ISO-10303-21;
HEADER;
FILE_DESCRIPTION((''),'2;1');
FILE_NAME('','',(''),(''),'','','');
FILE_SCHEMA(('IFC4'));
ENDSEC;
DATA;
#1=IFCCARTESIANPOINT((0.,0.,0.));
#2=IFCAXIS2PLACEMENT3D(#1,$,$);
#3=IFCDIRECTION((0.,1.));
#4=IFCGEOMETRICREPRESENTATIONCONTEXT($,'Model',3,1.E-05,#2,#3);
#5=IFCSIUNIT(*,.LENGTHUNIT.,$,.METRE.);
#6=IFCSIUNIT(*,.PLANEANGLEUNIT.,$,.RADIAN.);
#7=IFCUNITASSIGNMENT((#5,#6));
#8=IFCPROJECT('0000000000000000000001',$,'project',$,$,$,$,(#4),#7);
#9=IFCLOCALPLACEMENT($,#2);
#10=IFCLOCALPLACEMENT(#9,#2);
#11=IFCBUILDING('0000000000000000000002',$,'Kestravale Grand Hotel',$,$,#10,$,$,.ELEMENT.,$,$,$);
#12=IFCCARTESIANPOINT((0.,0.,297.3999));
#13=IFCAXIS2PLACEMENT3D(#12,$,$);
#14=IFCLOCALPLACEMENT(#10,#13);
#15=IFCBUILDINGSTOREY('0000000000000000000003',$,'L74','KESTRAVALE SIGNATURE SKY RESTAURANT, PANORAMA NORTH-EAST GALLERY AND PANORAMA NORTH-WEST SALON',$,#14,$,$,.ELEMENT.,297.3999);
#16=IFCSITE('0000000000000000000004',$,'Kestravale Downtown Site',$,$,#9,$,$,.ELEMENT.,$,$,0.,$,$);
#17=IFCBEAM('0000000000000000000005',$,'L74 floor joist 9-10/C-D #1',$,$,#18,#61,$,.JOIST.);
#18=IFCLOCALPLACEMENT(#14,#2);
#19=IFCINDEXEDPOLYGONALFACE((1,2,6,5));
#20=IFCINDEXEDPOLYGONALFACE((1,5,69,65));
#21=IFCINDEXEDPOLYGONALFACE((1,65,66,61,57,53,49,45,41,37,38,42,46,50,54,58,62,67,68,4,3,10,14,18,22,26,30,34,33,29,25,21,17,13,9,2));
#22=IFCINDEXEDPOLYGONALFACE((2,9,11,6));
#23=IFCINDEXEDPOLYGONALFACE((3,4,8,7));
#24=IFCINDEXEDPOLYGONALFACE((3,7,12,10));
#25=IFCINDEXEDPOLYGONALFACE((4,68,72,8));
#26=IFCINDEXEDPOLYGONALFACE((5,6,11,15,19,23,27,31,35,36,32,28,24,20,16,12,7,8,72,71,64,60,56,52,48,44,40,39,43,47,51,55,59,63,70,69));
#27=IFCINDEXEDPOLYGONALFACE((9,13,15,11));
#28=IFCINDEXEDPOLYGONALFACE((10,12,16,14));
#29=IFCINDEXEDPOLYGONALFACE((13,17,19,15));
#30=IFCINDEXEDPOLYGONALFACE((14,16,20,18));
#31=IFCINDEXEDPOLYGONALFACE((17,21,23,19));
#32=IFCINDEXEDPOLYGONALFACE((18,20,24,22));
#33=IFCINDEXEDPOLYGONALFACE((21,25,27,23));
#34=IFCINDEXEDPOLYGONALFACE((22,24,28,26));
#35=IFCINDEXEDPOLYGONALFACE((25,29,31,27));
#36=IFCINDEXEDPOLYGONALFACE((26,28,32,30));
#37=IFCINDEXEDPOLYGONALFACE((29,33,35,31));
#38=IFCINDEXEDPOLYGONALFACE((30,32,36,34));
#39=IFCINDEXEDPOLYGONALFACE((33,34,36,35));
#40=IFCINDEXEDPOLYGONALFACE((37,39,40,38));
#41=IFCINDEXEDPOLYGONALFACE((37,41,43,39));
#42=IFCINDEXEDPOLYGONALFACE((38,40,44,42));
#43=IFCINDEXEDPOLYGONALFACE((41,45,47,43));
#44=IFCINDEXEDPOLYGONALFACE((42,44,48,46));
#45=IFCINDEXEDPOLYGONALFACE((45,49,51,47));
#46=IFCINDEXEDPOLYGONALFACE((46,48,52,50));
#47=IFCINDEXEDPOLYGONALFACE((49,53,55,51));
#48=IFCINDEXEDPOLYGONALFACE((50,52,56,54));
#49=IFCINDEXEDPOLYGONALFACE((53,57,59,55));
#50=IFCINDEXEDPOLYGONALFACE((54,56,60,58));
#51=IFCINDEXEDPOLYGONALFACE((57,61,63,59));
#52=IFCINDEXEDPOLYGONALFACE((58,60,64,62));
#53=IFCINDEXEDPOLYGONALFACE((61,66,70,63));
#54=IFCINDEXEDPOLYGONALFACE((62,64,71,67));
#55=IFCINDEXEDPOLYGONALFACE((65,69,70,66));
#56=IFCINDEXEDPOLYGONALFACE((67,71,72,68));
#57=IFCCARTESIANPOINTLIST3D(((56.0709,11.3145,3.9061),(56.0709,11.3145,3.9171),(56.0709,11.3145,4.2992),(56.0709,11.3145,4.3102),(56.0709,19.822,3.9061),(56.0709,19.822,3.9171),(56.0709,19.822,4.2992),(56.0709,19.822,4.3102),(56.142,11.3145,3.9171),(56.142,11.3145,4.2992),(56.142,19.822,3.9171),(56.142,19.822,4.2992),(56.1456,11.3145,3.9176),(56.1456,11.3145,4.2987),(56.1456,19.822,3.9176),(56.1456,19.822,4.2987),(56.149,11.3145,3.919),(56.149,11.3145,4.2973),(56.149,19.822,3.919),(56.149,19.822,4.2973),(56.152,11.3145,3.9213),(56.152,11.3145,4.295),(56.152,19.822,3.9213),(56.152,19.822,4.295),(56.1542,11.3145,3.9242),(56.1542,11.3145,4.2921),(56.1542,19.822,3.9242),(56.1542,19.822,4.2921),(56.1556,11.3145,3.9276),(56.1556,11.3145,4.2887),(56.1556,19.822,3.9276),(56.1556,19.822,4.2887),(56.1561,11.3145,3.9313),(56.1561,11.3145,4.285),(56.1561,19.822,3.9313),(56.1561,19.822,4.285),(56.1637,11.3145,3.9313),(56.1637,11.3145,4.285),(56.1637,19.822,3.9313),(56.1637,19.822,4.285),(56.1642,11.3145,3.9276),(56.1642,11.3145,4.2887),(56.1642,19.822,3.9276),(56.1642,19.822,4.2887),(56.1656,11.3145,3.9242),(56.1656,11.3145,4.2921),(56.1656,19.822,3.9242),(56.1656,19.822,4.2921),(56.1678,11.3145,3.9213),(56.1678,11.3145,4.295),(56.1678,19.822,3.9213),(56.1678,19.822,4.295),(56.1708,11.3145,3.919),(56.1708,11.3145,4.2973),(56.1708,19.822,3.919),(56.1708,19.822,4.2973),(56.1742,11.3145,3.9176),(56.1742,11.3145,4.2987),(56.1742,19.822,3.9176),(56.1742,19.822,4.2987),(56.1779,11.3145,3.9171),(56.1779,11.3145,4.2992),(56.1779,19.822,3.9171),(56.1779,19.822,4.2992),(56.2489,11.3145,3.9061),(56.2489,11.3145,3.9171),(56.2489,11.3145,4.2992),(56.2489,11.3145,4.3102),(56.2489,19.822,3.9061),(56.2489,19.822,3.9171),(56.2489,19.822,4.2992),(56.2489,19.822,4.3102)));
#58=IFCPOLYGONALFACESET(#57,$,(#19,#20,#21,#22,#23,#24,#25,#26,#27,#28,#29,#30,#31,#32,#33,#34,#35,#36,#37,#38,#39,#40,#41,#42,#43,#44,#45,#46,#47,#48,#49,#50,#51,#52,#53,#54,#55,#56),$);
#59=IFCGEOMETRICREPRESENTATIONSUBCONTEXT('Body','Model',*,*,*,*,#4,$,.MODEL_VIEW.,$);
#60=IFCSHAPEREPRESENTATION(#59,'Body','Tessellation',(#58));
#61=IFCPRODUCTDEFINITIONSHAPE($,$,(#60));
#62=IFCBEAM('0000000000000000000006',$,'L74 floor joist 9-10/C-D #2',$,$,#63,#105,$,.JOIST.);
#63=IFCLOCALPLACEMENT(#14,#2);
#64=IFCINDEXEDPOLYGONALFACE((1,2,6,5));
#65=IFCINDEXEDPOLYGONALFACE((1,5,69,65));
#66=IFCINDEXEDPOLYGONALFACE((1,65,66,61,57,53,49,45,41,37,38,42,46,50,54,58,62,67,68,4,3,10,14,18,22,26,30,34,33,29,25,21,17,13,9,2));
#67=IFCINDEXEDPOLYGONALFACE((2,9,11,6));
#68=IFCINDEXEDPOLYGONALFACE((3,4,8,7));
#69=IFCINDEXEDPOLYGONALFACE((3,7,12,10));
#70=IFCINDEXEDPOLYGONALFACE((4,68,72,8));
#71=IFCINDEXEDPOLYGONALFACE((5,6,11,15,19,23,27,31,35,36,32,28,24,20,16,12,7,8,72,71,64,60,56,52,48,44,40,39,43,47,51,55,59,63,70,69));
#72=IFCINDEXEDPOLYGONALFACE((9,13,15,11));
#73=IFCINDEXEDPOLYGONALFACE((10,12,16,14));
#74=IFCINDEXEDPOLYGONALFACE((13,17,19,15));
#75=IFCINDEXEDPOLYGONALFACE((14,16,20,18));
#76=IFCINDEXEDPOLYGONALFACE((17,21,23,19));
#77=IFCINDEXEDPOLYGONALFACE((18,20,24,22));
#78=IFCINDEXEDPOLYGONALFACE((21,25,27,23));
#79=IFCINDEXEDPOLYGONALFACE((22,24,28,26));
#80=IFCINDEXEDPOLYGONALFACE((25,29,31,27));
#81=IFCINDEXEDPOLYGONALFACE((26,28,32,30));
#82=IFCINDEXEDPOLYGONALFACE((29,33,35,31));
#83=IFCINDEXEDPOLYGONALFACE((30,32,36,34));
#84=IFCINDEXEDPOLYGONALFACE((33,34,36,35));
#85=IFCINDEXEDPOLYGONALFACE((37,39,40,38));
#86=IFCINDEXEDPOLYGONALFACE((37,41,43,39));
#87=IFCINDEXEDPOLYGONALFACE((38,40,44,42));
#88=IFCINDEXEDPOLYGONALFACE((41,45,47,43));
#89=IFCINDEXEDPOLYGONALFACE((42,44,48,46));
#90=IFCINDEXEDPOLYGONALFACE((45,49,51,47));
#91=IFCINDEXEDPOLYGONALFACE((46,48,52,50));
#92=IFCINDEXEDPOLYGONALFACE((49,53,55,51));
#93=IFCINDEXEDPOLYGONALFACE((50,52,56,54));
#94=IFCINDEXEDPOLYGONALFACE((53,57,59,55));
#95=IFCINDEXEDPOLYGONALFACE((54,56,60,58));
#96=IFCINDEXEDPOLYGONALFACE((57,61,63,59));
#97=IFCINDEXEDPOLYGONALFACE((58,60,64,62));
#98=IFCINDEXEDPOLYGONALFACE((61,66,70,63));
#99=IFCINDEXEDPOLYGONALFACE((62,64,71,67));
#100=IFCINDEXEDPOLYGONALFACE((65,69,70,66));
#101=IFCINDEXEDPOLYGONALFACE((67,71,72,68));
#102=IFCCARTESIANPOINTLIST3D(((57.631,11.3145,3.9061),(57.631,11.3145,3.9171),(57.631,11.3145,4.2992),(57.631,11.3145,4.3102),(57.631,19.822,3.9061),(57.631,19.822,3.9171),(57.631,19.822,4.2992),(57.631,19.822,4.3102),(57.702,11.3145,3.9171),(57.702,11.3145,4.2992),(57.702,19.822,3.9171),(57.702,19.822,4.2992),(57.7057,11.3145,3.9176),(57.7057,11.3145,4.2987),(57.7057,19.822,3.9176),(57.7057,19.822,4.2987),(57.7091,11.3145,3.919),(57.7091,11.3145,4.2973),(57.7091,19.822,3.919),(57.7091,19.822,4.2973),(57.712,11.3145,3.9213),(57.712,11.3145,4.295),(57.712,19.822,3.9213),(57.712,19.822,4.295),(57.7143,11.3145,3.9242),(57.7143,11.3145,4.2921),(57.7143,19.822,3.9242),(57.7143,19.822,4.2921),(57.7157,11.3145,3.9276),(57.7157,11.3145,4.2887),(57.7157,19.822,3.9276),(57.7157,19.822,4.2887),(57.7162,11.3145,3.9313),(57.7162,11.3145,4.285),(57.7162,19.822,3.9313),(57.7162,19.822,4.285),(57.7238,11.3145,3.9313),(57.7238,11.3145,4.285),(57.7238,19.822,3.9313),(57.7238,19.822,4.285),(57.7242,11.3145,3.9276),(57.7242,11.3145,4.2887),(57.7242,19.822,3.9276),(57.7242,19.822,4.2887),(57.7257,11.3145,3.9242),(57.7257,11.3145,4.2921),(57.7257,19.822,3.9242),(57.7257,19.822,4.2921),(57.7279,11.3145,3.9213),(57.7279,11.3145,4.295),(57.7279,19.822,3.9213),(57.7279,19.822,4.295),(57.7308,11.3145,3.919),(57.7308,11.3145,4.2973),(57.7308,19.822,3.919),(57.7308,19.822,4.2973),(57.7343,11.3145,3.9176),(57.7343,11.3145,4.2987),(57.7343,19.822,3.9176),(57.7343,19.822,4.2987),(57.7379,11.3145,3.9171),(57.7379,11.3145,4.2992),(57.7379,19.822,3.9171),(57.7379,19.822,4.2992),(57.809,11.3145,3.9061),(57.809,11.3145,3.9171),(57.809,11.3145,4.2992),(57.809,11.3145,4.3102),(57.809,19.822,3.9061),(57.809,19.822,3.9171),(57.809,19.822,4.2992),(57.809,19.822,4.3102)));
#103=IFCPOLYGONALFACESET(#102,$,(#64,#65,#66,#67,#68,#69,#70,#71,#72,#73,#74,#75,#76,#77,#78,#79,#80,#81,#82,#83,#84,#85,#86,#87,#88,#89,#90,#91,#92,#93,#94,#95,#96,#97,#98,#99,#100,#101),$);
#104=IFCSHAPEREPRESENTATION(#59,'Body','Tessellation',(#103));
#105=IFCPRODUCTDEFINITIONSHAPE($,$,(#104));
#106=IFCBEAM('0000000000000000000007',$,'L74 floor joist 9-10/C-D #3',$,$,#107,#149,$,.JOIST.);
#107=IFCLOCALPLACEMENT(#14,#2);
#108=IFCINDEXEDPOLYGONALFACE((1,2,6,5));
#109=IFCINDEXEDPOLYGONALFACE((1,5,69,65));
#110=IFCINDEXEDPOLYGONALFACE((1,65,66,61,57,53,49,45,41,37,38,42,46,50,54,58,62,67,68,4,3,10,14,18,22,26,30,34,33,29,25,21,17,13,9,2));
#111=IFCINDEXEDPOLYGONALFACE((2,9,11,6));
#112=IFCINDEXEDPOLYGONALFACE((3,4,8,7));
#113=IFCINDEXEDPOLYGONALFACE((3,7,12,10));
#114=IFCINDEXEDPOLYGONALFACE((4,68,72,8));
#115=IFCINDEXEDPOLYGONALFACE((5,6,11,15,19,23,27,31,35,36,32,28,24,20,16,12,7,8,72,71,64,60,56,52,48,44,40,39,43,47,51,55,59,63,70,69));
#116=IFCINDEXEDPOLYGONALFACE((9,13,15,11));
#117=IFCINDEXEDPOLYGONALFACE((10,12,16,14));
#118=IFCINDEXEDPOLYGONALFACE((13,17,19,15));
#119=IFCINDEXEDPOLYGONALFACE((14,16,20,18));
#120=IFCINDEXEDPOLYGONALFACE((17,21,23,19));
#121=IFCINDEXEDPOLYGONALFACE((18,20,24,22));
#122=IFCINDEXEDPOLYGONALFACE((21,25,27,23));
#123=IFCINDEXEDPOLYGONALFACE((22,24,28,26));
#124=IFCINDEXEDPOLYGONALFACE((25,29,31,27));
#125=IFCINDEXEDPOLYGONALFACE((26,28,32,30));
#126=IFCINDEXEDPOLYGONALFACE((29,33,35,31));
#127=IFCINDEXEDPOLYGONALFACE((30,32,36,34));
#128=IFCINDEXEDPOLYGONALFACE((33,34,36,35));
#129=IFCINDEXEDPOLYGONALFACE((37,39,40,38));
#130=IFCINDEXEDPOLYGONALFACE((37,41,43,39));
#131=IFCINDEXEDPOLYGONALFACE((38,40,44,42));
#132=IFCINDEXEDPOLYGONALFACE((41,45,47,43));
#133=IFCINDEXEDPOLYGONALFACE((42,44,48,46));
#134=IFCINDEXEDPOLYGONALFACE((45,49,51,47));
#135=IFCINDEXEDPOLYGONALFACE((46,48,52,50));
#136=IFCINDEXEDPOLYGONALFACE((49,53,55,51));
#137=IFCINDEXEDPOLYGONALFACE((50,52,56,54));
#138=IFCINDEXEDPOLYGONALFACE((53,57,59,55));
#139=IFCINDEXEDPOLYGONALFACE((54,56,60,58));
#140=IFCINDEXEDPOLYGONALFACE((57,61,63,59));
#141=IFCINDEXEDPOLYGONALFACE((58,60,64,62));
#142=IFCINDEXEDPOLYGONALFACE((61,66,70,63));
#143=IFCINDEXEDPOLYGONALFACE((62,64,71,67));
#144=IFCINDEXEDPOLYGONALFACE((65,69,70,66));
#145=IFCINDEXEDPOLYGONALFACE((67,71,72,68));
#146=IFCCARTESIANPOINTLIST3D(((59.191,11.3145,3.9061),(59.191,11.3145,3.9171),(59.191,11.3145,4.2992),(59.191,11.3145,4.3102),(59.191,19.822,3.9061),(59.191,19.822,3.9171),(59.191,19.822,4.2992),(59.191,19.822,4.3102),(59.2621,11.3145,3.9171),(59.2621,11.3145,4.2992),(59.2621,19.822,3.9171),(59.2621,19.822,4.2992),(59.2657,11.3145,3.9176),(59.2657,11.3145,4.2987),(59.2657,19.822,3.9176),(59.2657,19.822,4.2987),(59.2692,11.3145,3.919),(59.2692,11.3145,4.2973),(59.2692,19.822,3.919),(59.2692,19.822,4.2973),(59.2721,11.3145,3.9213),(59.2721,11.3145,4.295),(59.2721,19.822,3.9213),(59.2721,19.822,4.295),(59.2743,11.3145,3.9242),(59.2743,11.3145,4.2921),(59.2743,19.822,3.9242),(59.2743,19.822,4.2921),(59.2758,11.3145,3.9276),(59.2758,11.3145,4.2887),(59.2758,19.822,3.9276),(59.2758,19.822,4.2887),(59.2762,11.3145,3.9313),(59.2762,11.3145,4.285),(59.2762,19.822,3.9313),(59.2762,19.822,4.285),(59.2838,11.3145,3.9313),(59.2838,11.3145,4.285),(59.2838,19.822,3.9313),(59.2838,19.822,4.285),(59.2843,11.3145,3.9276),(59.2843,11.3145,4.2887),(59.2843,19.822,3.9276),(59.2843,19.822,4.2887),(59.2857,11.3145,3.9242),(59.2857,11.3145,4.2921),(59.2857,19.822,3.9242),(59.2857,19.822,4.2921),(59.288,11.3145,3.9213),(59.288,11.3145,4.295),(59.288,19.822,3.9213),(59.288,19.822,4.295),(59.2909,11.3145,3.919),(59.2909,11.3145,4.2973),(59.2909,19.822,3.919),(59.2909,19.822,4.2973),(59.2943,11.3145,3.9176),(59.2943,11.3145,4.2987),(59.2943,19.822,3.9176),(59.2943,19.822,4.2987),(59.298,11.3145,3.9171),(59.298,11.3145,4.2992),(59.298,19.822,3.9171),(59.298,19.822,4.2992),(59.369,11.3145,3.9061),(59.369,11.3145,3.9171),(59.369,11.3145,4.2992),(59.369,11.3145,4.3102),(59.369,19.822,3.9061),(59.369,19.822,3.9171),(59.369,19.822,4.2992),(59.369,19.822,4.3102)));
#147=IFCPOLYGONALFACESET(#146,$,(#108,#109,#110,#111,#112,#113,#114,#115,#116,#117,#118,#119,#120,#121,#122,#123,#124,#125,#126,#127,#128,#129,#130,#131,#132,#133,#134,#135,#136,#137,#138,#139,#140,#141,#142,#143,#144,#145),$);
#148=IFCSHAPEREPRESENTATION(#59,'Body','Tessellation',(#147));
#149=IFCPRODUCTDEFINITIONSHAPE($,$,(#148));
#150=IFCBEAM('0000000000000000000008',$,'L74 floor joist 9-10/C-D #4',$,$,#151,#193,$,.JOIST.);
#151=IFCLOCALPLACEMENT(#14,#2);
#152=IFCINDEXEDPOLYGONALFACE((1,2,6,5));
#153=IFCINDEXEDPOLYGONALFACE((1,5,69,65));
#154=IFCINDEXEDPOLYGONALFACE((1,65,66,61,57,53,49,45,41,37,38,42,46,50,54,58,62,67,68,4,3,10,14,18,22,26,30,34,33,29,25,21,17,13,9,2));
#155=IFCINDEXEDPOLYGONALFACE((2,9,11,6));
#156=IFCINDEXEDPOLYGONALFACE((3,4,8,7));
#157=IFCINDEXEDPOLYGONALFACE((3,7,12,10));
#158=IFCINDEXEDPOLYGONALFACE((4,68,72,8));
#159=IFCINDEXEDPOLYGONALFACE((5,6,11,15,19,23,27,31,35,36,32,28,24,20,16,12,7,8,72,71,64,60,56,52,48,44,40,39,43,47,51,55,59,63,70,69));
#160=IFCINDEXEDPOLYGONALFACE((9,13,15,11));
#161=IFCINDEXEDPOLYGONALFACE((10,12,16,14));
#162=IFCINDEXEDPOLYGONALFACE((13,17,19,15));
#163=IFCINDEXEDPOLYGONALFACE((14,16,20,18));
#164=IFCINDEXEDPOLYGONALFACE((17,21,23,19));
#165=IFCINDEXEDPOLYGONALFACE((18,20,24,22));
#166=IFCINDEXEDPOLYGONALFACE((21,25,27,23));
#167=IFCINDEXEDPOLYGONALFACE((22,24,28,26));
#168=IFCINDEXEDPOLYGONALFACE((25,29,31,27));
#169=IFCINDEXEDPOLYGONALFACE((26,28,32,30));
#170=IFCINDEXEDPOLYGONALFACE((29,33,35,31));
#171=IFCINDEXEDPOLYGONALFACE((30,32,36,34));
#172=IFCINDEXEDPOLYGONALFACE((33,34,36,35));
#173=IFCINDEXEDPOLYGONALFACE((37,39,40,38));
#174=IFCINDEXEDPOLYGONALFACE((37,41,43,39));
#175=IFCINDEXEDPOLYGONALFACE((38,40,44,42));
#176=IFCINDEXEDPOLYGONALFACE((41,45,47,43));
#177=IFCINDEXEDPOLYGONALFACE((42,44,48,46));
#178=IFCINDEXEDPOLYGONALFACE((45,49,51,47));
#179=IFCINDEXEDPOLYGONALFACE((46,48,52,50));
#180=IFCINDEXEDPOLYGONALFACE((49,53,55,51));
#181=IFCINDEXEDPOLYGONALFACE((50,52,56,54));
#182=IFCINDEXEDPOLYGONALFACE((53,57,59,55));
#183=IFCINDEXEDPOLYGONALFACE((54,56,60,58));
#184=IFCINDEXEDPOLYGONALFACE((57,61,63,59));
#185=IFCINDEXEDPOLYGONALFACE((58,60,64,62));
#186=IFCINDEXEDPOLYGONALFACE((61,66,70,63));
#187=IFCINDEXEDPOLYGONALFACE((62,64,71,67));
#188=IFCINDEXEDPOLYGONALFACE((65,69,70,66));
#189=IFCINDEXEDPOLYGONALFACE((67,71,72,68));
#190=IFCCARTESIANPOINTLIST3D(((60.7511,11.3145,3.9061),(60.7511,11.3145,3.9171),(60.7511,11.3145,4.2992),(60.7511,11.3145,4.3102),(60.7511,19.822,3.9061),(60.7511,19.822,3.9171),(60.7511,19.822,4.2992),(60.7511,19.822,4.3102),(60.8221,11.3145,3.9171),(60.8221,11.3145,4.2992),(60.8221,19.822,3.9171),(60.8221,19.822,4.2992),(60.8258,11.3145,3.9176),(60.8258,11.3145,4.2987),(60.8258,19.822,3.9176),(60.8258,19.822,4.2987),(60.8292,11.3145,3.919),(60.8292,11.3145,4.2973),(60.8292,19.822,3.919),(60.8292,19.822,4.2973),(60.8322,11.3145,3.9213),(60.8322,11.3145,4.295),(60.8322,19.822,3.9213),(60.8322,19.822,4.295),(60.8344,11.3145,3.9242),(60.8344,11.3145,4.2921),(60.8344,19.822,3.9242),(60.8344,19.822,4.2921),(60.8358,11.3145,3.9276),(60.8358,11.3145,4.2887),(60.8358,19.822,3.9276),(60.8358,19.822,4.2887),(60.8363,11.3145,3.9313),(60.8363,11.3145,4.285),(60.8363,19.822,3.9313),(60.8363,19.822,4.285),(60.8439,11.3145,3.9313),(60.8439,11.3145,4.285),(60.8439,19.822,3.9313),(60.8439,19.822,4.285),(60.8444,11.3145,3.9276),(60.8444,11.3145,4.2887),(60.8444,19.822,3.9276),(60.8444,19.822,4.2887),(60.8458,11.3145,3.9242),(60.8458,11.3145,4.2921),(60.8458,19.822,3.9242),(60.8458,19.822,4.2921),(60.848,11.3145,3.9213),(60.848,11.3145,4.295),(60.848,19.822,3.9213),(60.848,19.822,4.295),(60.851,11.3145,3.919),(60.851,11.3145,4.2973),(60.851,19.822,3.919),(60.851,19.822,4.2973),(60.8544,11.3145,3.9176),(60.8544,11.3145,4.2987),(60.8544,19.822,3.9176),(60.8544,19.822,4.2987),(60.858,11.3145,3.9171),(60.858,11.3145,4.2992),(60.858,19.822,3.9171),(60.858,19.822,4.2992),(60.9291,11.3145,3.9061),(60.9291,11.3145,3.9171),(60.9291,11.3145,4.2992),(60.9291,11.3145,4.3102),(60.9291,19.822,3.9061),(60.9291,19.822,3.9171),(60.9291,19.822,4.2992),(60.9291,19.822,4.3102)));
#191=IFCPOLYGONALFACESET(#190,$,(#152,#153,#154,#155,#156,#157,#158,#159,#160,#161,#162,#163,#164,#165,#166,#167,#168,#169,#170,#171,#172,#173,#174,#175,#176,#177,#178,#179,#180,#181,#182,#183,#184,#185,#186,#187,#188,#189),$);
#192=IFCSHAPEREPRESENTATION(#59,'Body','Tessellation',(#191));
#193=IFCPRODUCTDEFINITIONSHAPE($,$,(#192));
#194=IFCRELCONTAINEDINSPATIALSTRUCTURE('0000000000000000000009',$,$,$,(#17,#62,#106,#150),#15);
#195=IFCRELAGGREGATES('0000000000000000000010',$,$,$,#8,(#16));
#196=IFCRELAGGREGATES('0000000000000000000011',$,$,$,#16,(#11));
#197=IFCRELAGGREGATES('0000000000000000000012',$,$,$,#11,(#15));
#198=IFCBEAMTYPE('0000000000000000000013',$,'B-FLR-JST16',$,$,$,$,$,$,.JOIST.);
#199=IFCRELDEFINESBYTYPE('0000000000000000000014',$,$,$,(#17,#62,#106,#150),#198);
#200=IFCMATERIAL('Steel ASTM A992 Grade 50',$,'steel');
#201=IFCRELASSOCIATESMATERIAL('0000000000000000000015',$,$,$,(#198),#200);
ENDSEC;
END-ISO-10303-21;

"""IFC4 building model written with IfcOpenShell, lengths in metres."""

from ifc_helpers import new_model, si_unit, direction, frame, origin, origin_2d, place, context, subcontext, project, spatial, i_section, extrude, material, material_profile, profile_set, type_object, element, save


model = new_model("IFC4")

# Units and contexts
model_context = context("Model", 3, precision=1e-05, world=origin(), true_north=direction((0.0, 1.0)))
body_context = subcontext(model_context, "Body", "Model", "MODEL_VIEW")
ifc_project = project(units=[si_unit("LENGTHUNIT", "METRE"), si_unit("PLANEANGLEUNIT", "RADIAN")], contexts=[model_context])

# Site, building, storey
site_placement = place(None, origin())
site = spatial("IfcSite", under=ifc_project, at=site_placement, Name="Kestravale Downtown Site", CompositionType="ELEMENT", RefElevation=0.0)
building_placement = place(site_placement, origin())
building = spatial("IfcBuilding", under=site, at=building_placement, Name="Kestravale Grand Hotel", CompositionType="ELEMENT")
storey_placement = place(building_placement, frame((0.0, 0.0, 297.3999)))
storey = spatial("IfcBuildingStorey", under=building, at=storey_placement, Name="L74", Description="KESTRAVALE SIGNATURE SKY RESTAURANT, PANORAMA NORTH-EAST GALLERY AND PANORAMA NORTH-WEST SALON", CompositionType="ELEMENT", Elevation=297.3999)

# Beams
ifc_material_1 = material(Name="Steel ASTM A992 Grade 50", Category="steel")
ifc_material_profile_1 = material_profile(ifc_material_1, i_section(OverallWidth=0.178, OverallDepth=0.4041, WebThickness=0.0076, FlangeThickness=0.011, FilletRadius=0.0142, at=origin_2d()))
ifc_profile_set_1 = profile_set([ifc_material_profile_1], Name="Steel ASTM A992 Grade 50")
beam_type_1 = type_object("IfcBeamType", Name="B-FLR-JST16", PredefinedType="JOIST", material=ifc_profile_set_1)
for number, where, z_axis, x_axis, name in (
    (1, (56.1599, 11.3145, 4.1082), (0.0, 1.0, 0.0), (-1.0, 0.0, 0.0), "L74 floor joist 9-10/C-D #1"),
    (2, (57.72, 11.3145, 4.1082), (0.0, 1.0, 0.0), (-1.0, 0.0, 0.0), "L74 floor joist 9-10/C-D #2"),
    (3, (59.28, 11.3145, 4.1082), (0.0, 1.0, 0.0), (-1.0, 0.0, 0.0), "L74 floor joist 9-10/C-D #3"),
    (4, (60.8401, 11.3145, 4.1082), (0.0, 1.0, 0.0), (-1.0, 0.0, 0.0), "L74 floor joist 9-10/C-D #4"),
):
    element("IfcBeam", number, at=place(storey_placement, frame(where, z_axis=z_axis, x_axis=x_axis)), inside=storey, type_object=beam_type_1, Name=name, PredefinedType="JOIST", context=body_context, shape_type="SweptSolid", body=[
        extrude(i_section(OverallWidth=0.178, OverallDepth=0.4041, WebThickness=0.0076, FlangeThickness=0.011, FilletRadius=0.0142, at=origin_2d()), origin(), (0.0, 0.0, 1.0), 8.5076),
    ])

save(model, "model.ifc")
